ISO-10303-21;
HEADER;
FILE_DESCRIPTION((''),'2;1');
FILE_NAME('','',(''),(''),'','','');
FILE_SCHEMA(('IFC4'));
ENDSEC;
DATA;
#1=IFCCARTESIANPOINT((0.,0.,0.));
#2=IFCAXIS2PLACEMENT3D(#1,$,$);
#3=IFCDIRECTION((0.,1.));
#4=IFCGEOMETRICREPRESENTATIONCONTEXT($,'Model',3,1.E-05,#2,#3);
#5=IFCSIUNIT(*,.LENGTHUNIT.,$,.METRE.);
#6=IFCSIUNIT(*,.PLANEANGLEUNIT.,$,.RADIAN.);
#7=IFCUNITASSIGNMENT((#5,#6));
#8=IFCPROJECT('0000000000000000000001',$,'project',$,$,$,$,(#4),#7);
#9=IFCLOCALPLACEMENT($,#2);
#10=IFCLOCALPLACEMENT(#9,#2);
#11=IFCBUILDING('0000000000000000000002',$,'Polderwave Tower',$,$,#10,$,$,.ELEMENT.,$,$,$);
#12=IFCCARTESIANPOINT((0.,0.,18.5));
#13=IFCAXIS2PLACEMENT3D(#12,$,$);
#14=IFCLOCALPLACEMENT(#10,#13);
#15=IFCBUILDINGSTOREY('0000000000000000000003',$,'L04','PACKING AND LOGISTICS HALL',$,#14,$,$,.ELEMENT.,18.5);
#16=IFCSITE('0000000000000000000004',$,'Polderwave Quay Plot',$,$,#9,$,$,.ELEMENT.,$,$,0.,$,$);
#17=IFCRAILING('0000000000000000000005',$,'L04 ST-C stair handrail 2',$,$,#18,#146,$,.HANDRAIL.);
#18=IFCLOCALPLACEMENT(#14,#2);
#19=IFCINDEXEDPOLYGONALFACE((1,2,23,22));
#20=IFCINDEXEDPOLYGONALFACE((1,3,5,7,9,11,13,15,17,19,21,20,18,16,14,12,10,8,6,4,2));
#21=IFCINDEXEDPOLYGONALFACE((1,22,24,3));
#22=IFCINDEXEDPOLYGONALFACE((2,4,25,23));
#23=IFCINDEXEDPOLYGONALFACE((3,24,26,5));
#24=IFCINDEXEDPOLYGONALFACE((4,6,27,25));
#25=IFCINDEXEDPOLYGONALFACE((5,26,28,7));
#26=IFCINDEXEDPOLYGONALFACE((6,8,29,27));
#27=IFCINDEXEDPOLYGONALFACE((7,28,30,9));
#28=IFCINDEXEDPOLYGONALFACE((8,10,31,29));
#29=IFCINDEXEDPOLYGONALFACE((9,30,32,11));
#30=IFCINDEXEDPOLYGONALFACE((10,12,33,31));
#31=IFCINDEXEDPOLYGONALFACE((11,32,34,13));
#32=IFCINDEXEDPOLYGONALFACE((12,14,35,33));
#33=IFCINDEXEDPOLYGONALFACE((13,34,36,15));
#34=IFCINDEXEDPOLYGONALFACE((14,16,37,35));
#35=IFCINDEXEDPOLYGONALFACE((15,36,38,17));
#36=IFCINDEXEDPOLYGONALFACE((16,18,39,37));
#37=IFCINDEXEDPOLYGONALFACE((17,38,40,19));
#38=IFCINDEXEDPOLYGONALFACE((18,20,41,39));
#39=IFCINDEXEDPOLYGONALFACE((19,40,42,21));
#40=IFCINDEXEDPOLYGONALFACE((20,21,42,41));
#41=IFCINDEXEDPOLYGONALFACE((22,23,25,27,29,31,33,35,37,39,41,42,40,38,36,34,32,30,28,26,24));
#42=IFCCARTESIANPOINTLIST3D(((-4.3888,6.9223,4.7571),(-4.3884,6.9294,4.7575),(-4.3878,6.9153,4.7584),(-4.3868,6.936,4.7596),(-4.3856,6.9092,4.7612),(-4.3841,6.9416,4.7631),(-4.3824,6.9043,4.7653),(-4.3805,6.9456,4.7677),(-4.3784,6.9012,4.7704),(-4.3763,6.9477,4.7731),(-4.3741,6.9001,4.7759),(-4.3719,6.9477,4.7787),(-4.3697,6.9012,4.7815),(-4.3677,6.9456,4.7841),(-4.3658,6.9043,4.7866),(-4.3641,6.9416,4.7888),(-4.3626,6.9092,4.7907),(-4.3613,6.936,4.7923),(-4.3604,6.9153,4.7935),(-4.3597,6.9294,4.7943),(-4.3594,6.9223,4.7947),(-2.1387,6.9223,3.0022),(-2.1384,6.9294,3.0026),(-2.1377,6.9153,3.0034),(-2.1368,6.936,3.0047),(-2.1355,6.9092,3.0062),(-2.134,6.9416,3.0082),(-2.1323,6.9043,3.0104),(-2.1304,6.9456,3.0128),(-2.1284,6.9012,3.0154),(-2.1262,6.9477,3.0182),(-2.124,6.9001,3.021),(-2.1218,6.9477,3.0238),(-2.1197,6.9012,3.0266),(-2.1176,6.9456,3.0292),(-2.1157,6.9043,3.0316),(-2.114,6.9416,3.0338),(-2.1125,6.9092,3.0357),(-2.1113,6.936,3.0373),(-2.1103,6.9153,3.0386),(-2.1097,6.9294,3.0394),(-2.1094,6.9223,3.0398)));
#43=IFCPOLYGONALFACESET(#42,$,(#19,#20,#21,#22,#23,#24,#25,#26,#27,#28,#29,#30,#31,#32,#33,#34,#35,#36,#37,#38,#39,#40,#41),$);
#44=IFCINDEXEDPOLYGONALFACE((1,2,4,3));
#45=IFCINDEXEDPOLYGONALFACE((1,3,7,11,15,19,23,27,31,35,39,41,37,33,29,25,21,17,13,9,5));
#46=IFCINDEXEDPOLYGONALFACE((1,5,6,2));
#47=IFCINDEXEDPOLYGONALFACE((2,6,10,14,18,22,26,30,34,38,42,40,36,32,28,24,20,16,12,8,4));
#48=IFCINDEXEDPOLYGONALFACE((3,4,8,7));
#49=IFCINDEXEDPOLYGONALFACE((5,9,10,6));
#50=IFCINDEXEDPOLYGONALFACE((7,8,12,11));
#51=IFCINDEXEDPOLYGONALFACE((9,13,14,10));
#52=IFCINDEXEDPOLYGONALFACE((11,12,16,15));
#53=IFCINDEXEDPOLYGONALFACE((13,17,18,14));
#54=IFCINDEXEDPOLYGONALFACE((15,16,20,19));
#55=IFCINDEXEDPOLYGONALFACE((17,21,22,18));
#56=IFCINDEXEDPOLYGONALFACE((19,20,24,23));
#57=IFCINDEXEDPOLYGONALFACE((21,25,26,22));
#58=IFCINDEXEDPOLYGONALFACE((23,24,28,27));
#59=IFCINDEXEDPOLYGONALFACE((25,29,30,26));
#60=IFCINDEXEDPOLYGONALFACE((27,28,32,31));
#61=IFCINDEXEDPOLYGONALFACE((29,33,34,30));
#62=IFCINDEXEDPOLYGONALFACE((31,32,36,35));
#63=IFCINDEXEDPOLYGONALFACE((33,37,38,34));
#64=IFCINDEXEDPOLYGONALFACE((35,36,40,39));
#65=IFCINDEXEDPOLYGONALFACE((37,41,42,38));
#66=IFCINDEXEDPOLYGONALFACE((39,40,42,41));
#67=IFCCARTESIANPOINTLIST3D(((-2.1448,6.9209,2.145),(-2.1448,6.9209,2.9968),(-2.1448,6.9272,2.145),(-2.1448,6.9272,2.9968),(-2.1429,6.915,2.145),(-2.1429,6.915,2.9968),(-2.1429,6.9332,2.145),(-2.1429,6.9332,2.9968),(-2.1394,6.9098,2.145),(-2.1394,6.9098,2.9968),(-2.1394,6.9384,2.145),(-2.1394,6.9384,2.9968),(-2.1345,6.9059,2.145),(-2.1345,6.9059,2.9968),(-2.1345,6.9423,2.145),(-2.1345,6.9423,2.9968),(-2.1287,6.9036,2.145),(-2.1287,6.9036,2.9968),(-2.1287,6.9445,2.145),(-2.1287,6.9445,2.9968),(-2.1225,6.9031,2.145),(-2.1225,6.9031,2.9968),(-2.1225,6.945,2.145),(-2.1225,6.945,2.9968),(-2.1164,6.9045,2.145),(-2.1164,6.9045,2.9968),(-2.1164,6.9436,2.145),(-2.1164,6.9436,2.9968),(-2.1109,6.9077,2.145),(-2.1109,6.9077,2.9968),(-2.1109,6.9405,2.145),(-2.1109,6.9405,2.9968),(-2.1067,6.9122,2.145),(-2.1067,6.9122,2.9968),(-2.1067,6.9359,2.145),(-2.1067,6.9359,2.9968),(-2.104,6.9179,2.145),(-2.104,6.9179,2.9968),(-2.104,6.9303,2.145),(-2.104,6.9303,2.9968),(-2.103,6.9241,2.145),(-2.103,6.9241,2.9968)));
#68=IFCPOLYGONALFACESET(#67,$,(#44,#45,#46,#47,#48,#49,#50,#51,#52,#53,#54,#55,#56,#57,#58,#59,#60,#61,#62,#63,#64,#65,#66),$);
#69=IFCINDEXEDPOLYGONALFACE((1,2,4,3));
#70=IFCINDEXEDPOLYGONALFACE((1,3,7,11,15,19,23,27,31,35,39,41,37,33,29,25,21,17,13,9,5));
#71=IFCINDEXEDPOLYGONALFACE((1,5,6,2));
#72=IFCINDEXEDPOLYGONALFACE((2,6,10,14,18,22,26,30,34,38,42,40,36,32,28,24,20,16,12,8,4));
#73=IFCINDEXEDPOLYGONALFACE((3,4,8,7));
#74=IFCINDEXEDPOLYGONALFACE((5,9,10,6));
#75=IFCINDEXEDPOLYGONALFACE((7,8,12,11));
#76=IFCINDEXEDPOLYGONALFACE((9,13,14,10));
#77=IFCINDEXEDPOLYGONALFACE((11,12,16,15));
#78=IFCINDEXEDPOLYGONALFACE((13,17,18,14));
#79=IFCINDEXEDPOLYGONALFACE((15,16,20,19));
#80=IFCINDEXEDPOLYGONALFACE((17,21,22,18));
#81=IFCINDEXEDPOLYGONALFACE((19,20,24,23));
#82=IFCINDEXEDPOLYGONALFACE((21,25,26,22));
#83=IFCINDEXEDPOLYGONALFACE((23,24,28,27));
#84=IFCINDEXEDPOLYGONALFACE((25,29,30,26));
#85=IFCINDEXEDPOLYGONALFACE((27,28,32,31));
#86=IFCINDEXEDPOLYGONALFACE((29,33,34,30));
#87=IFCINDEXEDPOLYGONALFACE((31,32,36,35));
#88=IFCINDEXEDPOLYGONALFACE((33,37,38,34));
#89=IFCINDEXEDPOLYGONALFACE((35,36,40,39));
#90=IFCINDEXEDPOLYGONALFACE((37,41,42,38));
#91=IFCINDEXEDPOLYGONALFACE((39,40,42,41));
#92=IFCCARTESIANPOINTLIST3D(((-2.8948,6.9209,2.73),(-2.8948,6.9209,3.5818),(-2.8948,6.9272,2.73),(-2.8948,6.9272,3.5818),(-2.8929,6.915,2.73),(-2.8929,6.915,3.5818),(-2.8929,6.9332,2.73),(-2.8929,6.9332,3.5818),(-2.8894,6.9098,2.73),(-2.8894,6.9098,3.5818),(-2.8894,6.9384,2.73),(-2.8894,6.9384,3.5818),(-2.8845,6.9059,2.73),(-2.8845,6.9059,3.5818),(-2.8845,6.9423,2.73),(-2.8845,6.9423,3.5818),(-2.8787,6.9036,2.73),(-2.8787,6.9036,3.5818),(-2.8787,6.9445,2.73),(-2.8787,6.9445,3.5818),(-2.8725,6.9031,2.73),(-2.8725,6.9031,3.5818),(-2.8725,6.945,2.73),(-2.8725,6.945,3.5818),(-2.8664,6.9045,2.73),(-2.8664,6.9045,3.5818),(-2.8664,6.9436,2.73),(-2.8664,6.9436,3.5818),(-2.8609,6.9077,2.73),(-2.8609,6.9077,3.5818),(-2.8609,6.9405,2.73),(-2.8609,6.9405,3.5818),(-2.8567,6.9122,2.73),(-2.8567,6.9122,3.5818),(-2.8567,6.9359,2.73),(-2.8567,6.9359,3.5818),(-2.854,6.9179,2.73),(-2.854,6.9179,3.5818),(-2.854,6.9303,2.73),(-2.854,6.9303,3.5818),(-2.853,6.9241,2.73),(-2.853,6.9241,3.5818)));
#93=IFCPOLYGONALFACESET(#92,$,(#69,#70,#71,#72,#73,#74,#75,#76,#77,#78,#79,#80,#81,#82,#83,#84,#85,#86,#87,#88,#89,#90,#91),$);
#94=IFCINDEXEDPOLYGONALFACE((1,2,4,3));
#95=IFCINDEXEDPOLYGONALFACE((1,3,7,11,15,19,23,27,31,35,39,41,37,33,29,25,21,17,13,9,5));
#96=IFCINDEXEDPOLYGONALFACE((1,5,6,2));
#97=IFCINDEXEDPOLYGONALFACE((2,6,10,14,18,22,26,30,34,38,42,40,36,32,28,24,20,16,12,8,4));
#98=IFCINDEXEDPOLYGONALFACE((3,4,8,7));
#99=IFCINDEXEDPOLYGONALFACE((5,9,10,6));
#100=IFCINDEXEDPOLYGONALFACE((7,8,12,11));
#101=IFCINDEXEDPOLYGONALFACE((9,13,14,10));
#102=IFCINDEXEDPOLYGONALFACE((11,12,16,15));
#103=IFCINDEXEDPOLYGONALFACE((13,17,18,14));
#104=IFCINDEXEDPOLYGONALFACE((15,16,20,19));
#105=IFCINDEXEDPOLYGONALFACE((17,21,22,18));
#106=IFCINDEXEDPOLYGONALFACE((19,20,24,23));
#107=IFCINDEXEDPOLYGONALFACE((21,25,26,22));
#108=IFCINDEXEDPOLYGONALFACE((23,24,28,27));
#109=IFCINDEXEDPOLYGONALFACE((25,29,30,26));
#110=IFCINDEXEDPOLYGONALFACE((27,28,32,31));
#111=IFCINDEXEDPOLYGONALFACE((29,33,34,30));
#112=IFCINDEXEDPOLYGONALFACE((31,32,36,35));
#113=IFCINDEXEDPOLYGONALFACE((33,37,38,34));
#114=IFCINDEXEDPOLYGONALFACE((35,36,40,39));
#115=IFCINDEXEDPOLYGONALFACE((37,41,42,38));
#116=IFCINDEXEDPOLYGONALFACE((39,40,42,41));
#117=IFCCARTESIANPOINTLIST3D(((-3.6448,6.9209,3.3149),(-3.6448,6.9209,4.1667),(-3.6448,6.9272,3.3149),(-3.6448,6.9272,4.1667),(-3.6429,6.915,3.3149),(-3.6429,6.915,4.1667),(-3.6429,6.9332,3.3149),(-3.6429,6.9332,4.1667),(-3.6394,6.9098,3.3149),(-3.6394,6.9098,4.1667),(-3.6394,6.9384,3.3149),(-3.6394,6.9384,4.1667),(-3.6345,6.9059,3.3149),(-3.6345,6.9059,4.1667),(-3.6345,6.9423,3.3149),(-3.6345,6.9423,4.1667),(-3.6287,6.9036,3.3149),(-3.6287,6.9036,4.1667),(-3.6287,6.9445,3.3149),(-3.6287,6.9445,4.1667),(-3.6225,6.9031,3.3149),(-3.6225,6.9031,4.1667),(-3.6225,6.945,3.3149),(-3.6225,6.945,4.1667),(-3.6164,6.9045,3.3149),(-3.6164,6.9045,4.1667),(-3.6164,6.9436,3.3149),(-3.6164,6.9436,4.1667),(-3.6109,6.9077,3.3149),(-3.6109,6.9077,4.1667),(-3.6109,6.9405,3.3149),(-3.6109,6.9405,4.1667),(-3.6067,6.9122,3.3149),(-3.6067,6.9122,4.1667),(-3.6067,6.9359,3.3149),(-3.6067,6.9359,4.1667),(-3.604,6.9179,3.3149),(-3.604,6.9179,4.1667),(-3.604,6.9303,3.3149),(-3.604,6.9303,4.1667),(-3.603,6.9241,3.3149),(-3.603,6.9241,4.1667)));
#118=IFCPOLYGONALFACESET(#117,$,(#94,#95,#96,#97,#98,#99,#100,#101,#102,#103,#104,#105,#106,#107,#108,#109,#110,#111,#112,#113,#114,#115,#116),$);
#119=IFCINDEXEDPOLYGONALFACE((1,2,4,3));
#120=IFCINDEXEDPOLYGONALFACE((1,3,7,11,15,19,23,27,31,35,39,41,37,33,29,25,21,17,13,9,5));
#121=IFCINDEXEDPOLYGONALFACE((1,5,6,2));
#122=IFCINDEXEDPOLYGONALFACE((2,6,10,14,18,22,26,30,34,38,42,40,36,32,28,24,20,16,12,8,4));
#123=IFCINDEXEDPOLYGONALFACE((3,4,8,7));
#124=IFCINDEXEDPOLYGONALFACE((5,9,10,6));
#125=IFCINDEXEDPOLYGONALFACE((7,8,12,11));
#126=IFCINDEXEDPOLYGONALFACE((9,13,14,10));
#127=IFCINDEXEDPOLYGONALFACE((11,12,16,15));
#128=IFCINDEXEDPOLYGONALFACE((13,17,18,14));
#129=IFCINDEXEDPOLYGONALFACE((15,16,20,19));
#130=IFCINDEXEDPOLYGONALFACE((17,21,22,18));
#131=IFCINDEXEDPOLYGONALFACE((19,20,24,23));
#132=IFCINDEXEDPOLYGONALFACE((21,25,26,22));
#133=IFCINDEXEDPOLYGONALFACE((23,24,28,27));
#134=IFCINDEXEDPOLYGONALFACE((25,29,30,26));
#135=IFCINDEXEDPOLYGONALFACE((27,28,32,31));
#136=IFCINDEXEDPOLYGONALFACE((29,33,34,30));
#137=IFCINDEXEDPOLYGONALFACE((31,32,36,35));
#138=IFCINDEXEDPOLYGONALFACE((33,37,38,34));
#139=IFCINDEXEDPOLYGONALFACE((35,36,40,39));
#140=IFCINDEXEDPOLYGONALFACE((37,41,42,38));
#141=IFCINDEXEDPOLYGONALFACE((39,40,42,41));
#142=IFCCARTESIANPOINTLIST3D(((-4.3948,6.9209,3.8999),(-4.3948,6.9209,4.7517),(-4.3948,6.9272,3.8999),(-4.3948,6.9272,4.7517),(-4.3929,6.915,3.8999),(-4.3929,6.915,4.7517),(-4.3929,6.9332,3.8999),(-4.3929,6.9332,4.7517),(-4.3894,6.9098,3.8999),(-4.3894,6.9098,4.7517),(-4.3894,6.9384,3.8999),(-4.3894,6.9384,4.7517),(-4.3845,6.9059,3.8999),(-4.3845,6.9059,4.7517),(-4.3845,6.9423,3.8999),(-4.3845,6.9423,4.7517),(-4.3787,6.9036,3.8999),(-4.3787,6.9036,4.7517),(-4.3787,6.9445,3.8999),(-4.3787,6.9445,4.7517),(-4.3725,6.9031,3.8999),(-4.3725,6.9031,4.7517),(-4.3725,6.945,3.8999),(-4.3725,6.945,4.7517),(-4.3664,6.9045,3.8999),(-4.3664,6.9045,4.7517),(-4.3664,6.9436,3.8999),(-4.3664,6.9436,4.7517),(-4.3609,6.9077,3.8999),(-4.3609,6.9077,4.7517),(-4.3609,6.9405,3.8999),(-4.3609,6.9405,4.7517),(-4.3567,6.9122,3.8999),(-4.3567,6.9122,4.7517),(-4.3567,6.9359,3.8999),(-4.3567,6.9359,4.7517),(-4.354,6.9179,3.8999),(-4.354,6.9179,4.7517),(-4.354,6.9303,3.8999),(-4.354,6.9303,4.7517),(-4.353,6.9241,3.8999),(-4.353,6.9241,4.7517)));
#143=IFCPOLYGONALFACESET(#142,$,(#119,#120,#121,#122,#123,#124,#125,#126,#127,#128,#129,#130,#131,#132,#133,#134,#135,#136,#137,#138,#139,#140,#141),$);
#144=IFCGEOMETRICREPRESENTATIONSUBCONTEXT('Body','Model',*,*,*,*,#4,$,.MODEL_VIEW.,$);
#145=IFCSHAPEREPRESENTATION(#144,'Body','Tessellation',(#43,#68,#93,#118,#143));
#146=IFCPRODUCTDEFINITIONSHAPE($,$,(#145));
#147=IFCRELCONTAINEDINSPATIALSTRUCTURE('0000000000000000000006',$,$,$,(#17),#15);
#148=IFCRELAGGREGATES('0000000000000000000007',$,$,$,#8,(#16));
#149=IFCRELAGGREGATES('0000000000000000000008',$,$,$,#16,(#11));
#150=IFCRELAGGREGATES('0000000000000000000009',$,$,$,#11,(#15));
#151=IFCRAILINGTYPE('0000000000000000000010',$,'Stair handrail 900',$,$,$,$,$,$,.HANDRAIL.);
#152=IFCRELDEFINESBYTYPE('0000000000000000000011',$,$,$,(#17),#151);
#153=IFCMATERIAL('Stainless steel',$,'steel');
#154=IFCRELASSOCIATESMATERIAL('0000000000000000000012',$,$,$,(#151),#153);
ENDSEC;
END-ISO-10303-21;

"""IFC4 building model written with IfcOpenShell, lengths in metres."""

from ifc_helpers import new_model, si_unit, direction, frame, origin, origin_2d, place, context, subcontext, project, spatial, circle, extrude, material, type_object, element, save


model = new_model("IFC4")

# Units and contexts
model_context = context("Model", 3, precision=1e-05, world=origin(), true_north=direction((0.0, 1.0)))
body_context = subcontext(model_context, "Body", "Model", "MODEL_VIEW")
ifc_project = project(units=[si_unit("LENGTHUNIT", "METRE"), si_unit("PLANEANGLEUNIT", "RADIAN")], contexts=[model_context])

# Site, building, storey
site_placement = place(None, origin())
site = spatial("IfcSite", under=ifc_project, at=site_placement, Name="Polderwave Quay Plot", CompositionType="ELEMENT", RefElevation=0.0)
building_placement = place(site_placement, origin())
building = spatial("IfcBuilding", under=site, at=building_placement, Name="Polderwave Tower", CompositionType="ELEMENT")
storey_placement = place(building_placement, frame((0.0, 0.0, 18.5)))
storey = spatial("IfcBuildingStorey", under=building, at=storey_placement, Name="L04", Description="PACKING AND LOGISTICS HALL", CompositionType="ELEMENT", Elevation=18.5)

# Railing
ifc_material_1 = material(Name="Stainless steel", Category="steel")
railing_type_1 = type_object("IfcRailingType", Name="Stair handrail 900", PredefinedType="HANDRAIL", material=ifc_material_1)
railing_1_placement = place(storey_placement, frame((-2.124, 6.9241, 2.145)))
element("IfcRailing", 1, at=railing_1_placement, inside=storey, type_object=railing_type_1, Name="L04 ST-C stair handrail 2", PredefinedType="HANDRAIL", context=body_context, shape_type="SweptSolid", body=[
    extrude(circle(Radius=0.0239, at=origin_2d()), frame((0.0, 0.0, 0.876), z_axis=(-0.788522, 0.0, 0.615006), x_axis=(0.0, -1.0, 0.0)), (0.0, 0.0, 1.0), 2.8535),
    extrude(circle(Radius=0.021, at=origin_2d()), origin(), (0.0, 0.0, 1.0), 0.8518),
    extrude(circle(Radius=0.021, at=origin_2d()), frame((-0.75, 0.0, 0.585)), (0.0, 0.0, 1.0), 0.8518),
    extrude(circle(Radius=0.021, at=origin_2d()), frame((-1.5, 0.0, 1.1699)), (0.0, 0.0, 1.0), 0.8518),
    extrude(circle(Radius=0.021, at=origin_2d()), frame((-2.25, 0.0, 1.7549)), (0.0, 0.0, 1.0), 0.8518),
])

save(model, "model.ifc")
